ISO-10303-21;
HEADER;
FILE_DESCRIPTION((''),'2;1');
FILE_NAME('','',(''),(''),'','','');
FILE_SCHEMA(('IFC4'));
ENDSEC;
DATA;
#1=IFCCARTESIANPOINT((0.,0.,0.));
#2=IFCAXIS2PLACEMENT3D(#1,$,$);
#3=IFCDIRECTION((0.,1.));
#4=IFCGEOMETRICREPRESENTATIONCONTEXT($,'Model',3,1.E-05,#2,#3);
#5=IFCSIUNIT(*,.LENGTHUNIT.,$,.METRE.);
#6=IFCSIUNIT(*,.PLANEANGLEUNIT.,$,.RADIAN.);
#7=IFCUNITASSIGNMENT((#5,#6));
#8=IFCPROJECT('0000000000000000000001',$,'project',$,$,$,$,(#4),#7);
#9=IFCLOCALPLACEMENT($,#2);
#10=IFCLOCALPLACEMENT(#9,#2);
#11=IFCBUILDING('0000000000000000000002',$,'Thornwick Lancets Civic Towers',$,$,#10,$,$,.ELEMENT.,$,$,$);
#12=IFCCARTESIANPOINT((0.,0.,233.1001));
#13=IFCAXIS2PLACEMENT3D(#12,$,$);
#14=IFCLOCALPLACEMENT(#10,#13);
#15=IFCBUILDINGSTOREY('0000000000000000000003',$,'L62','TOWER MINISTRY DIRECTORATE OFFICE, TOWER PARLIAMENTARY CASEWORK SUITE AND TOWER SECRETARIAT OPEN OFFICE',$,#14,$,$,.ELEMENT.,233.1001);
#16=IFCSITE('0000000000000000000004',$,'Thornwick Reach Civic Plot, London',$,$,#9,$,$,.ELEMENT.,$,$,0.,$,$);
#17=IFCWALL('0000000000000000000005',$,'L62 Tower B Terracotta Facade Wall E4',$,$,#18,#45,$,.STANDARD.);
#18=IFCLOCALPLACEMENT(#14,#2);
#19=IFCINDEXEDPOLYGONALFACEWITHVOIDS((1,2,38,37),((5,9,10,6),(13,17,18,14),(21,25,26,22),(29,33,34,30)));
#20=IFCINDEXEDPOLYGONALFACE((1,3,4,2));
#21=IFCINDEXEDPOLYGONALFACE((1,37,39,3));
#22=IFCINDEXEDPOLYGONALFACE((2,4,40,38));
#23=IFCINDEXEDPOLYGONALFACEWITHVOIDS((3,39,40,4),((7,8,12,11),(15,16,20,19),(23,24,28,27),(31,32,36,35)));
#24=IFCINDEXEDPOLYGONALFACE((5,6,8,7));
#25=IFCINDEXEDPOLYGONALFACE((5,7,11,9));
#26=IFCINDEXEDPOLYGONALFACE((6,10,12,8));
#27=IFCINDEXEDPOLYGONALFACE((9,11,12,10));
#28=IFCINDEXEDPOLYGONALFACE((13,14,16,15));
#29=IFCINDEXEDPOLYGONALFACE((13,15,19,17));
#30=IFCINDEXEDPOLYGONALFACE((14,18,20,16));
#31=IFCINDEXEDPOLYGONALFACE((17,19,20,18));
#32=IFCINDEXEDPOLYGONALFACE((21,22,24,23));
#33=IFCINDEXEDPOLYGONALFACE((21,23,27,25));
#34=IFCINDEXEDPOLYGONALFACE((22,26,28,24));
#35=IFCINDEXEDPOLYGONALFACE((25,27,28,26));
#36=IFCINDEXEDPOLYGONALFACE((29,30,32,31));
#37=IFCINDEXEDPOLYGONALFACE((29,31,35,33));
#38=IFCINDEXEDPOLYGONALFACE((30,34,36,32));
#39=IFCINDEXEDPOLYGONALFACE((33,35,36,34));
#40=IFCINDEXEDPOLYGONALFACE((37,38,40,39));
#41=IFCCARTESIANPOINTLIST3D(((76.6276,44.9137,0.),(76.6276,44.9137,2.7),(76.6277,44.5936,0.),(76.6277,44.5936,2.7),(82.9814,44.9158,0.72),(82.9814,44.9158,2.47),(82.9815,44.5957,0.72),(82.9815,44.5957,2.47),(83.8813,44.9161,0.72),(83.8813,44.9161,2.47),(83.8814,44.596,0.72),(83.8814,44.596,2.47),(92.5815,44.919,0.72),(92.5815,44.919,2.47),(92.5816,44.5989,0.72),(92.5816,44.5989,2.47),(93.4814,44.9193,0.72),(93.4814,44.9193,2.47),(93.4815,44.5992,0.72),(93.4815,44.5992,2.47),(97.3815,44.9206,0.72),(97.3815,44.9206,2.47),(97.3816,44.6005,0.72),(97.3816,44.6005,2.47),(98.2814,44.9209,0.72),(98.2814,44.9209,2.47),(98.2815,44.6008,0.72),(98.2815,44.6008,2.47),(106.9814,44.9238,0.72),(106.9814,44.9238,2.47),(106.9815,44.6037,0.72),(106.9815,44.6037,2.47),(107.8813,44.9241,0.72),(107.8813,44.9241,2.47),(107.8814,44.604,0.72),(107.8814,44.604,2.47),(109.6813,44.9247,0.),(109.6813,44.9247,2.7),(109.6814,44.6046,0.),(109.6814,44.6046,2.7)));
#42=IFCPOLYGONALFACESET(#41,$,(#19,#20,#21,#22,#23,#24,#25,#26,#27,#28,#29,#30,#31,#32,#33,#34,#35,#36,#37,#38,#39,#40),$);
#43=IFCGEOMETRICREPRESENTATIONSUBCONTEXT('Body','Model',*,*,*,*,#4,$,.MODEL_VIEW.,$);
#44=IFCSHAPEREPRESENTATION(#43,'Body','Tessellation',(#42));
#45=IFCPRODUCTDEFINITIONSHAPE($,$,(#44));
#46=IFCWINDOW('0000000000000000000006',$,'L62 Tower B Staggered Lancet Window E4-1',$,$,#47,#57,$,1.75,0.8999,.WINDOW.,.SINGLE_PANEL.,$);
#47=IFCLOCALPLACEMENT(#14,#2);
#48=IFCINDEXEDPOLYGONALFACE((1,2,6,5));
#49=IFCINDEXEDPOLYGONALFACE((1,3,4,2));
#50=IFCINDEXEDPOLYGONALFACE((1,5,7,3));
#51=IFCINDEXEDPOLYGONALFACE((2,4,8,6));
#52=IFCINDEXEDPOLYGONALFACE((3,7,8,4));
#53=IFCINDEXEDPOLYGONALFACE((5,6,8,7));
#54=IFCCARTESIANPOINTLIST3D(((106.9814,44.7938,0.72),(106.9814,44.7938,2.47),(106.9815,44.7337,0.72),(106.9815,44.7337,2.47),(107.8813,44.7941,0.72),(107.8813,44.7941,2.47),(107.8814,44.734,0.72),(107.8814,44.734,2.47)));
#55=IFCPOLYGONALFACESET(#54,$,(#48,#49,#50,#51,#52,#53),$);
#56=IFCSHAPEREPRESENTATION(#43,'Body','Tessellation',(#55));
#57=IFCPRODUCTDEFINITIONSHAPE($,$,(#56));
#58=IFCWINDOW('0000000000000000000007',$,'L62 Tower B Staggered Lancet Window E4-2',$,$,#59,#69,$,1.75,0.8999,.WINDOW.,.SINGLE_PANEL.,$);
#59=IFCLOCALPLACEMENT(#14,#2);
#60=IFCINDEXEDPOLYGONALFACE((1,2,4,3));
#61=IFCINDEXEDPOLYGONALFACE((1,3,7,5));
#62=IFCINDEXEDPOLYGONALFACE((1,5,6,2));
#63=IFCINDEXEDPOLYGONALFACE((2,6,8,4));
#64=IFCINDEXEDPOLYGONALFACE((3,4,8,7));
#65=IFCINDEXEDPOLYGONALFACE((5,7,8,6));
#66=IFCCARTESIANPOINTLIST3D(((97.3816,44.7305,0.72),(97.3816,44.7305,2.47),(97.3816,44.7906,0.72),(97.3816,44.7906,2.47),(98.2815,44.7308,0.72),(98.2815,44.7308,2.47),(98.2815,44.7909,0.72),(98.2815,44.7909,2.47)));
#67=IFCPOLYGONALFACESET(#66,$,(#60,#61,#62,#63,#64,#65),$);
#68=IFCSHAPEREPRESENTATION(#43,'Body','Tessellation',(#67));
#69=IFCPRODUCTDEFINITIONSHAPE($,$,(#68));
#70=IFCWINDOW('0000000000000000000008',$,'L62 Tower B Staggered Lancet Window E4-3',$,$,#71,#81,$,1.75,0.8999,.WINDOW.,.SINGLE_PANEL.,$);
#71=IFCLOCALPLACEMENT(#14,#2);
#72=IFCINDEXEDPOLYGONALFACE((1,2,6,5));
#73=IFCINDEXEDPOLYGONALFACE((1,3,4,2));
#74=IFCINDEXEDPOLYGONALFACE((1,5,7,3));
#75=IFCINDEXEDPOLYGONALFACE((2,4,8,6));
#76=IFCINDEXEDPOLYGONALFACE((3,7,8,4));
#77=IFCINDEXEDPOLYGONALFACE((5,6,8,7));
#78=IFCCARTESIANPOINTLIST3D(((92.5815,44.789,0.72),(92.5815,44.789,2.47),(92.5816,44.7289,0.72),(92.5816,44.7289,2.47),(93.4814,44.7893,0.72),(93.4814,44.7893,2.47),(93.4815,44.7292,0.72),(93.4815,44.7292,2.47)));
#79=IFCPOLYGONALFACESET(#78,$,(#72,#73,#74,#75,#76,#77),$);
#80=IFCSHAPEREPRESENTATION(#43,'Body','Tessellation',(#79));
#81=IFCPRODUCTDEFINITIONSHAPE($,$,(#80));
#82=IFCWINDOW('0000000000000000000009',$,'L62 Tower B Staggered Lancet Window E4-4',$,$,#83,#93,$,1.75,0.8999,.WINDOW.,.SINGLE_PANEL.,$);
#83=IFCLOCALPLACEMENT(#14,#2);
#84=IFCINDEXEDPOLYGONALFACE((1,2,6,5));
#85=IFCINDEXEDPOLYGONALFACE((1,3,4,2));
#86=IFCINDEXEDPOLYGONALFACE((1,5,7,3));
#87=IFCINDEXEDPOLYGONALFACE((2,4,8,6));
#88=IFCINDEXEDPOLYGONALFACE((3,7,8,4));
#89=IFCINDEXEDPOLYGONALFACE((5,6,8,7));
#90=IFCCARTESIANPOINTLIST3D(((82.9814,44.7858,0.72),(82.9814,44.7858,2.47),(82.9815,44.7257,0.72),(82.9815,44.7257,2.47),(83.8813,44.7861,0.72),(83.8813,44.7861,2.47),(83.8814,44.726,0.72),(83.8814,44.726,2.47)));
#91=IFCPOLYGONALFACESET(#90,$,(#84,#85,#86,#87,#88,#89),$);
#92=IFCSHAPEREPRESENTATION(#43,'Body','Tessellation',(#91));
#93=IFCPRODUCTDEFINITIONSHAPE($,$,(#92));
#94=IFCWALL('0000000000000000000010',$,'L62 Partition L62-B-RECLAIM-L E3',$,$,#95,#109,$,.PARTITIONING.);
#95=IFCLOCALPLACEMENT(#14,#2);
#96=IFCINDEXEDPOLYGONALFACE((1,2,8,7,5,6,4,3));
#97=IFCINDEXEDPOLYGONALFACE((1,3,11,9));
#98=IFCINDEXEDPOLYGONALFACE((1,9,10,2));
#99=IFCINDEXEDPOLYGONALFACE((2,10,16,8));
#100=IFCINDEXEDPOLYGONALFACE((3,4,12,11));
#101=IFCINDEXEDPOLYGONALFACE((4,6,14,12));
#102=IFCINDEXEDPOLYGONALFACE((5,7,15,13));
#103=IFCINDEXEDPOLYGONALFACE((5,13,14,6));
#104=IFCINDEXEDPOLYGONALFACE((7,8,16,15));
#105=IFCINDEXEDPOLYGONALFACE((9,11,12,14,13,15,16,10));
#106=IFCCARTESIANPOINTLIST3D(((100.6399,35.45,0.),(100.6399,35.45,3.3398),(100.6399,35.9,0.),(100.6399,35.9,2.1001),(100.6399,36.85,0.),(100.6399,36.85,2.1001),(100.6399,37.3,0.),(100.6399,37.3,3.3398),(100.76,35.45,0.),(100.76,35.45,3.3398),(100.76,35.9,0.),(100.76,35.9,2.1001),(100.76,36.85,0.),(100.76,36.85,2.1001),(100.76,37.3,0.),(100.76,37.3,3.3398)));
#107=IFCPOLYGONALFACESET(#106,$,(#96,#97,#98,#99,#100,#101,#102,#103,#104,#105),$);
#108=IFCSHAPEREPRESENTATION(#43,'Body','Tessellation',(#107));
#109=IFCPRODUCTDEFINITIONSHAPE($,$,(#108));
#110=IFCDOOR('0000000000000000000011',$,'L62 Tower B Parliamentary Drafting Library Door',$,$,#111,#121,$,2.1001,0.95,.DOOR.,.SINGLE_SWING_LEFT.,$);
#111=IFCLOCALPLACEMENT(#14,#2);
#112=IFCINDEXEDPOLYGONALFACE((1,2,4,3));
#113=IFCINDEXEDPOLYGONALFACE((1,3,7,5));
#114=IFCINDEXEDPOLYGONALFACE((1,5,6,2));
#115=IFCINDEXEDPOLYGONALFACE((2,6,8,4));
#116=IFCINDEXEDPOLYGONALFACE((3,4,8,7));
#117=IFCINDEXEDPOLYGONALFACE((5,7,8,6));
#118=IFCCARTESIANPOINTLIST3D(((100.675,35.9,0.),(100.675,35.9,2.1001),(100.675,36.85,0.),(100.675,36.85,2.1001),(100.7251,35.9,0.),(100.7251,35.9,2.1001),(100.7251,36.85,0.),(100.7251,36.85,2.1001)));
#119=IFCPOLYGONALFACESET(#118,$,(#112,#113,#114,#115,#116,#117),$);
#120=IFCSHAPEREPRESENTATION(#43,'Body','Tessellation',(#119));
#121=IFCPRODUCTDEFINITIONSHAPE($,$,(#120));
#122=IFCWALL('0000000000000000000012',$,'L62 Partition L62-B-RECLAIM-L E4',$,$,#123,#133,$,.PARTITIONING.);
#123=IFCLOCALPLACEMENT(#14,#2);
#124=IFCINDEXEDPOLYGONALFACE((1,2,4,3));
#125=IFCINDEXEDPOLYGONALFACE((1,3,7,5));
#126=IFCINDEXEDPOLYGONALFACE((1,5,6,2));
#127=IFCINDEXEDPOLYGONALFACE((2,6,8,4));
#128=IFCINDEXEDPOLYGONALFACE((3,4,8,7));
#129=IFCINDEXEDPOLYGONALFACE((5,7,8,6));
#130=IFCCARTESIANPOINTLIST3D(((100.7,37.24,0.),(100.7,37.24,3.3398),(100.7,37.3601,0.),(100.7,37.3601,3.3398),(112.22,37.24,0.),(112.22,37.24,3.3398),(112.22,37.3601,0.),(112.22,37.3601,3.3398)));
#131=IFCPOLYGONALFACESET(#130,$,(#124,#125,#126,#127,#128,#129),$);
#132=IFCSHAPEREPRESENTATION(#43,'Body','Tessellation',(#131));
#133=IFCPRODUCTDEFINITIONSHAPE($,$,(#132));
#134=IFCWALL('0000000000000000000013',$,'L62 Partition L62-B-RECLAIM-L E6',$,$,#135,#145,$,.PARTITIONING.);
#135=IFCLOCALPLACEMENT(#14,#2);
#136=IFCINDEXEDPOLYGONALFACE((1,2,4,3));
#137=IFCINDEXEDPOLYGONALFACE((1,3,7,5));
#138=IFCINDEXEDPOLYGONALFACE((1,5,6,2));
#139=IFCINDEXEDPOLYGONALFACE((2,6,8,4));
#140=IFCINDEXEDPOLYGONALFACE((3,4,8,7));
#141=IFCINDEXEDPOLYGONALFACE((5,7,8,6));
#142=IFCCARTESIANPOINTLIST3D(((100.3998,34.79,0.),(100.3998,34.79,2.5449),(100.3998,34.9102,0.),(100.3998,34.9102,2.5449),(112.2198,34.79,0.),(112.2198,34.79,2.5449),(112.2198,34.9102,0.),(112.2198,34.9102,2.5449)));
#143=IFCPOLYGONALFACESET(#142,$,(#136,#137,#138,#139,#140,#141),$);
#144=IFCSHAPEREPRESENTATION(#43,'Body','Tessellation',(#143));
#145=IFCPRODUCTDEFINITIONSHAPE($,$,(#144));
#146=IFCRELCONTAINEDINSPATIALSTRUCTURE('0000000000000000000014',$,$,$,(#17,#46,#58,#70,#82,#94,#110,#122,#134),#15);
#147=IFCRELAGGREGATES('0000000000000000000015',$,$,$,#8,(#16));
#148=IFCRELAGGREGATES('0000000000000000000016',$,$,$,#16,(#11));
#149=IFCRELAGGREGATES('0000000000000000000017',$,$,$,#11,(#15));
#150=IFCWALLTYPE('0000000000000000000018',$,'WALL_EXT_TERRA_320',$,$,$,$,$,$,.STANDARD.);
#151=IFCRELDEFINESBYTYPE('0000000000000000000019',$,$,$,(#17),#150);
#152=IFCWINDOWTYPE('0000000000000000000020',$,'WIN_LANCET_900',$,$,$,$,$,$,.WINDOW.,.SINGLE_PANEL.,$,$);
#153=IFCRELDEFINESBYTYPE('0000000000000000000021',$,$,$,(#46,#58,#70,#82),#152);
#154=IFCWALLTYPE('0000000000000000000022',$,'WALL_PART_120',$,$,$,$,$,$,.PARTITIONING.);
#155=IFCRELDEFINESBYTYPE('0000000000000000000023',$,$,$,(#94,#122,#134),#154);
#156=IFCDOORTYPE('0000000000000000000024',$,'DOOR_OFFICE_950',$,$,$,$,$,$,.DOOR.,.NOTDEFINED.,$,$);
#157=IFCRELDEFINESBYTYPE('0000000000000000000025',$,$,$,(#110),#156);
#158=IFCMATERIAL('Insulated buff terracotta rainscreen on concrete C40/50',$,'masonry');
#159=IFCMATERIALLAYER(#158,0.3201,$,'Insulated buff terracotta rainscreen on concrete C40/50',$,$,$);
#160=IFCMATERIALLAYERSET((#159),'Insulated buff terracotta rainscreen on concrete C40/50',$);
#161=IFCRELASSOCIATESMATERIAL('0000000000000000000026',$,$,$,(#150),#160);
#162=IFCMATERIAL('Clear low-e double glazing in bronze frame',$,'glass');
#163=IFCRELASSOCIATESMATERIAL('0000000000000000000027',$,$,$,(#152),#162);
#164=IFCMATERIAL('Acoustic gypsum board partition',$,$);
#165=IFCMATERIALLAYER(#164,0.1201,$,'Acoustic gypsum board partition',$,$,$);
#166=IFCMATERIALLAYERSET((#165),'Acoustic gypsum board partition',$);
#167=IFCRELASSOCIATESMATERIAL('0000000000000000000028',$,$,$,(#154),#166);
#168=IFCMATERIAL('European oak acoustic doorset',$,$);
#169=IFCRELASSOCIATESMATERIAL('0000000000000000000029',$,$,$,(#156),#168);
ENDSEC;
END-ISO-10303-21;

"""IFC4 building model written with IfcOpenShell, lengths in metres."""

from ifc_helpers import new_model, si_unit, direction, frame, frame_2d, origin, place, context, subcontext, project, spatial, rectangle, extrude, material, layer, layer_set, type_object, element, fill, save


model = new_model("IFC4")

# Units and contexts
model_context = context("Model", 3, precision=1e-05, world=origin(), true_north=direction((0.0, 1.0)))
body_context = subcontext(model_context, "Body", "Model", "MODEL_VIEW")
ifc_project = project(units=[si_unit("LENGTHUNIT", "METRE"), si_unit("PLANEANGLEUNIT", "RADIAN")], contexts=[model_context])

# Site, building, storey
site_placement = place(None, origin())
site = spatial("IfcSite", under=ifc_project, at=site_placement, Name="Thornwick Reach Civic Plot, London", CompositionType="ELEMENT", RefElevation=0.0)
building_placement = place(site_placement, origin())
building = spatial("IfcBuilding", under=site, at=building_placement, Name="Thornwick Lancets Civic Towers", CompositionType="ELEMENT")
storey_placement = place(building_placement, frame((0.0, 0.0, 233.1001)))
storey = spatial("IfcBuildingStorey", under=building, at=storey_placement, Name="L62", Description="TOWER MINISTRY DIRECTORATE OFFICE, TOWER PARLIAMENTARY CASEWORK SUITE AND TOWER SECRETARIAT OPEN OFFICE", CompositionType="ELEMENT", Elevation=233.1001)

# Wall, openings, windows
ifc_material_1 = material(Name="Insulated buff terracotta rainscreen on concrete C40/50", Category="masonry")
ifc_layer_1 = layer(ifc_material_1, 0.3201, Name="Insulated buff terracotta rainscreen on concrete C40/50")
ifc_layer_set_1 = layer_set([ifc_layer_1], Name="Insulated buff terracotta rainscreen on concrete C40/50")
wall_type_1 = type_object("IfcWallType", Name="WALL_EXT_TERRA_320", PredefinedType="STANDARD", material=ifc_layer_set_1)
wall_1_placement = place(storey_placement, frame((109.6814, 44.7646, 0.0), z_axis=(0.0, 0.0, 1.0), x_axis=(-1.0, -0.000332, 0.0)))
wall_1 = element("IfcWall", 1, at=wall_1_placement, inside=storey, type_object=wall_type_1, Name="L62 Tower B Terracotta Facade Wall E4", PredefinedType="STANDARD", context=body_context, shape_type="SweptSolid", body=[
    extrude(rectangle(XDim=33.0537, YDim=0.3201, at=frame_2d((16.5269, 0.0))), origin(), (0.0, 0.0, 1.0), 2.7),
])
opening_1_placement = place(wall_1_placement, frame((1.8, 0.0, 0.72)))
opening_1 = element("IfcOpeningElement", 2, at=opening_1_placement, cuts=wall_1, PredefinedType="OPENING", context=body_context, shape_type="SweptSolid", body=[
    extrude(rectangle(XDim=0.8999, YDim=1.75, at=frame_2d((0.45, 0.875))), frame((0.0, 0.1699, 0.0), z_axis=(0.0, -1.0, 0.0), x_axis=(1.0, 0.0, 0.0)), (0.0, 0.0, 1.0), 0.3401),
])
opening_2_placement = place(wall_1_placement, frame((11.3999, 0.0, 0.72)))
opening_2 = element("IfcOpeningElement", 3, at=opening_2_placement, cuts=wall_1, PredefinedType="OPENING", context=body_context, shape_type="SweptSolid", body=[
    extrude(rectangle(XDim=0.8999, YDim=1.75, at=frame_2d((0.45, 0.875))), frame((0.0, 0.1699, 0.0), z_axis=(0.0, -1.0, 0.0), x_axis=(1.0, 0.0, 0.0)), (0.0, 0.0, 1.0), 0.3401),
])
opening_3_placement = place(wall_1_placement, frame((16.2, 0.0, 0.72)))
opening_3 = element("IfcOpeningElement", 4, at=opening_3_placement, cuts=wall_1, PredefinedType="OPENING", context=body_context, shape_type="SweptSolid", body=[
    extrude(rectangle(XDim=0.8999, YDim=1.75, at=frame_2d((0.45, 0.875))), frame((0.0, 0.1699, 0.0), z_axis=(0.0, -1.0, 0.0), x_axis=(1.0, 0.0, 0.0)), (0.0, 0.0, 1.0), 0.3401),
])
opening_4_placement = place(wall_1_placement, frame((25.8, 0.0, 0.72)))
opening_4 = element("IfcOpeningElement", 5, at=opening_4_placement, cuts=wall_1, PredefinedType="OPENING", context=body_context, shape_type="SweptSolid", body=[
    extrude(rectangle(XDim=0.8999, YDim=1.75, at=frame_2d((0.45, 0.875))), frame((0.0, 0.1699, 0.0), z_axis=(0.0, -1.0, 0.0), x_axis=(1.0, 0.0, 0.0)), (0.0, 0.0, 1.0), 0.3401),
])
ifc_material_2 = material(Name="Clear low-e double glazing in bronze frame", Category="glass")
window_type = type_object("IfcWindowType", Name="WIN_LANCET_900", PartitioningType="SINGLE_PANEL", PredefinedType="WINDOW", material=ifc_material_2)
window_1_placement = place(opening_1_placement, origin())
window_1 = element("IfcWindow", 6, at=window_1_placement, inside=storey, type_object=window_type, Name="L62 Tower B Staggered Lancet Window E4-1", OverallHeight=1.75, OverallWidth=0.8999, PartitioningType="SINGLE_PANEL", PredefinedType="WINDOW", context=body_context, shape_type="SweptSolid", body=[
    extrude(rectangle(XDim=0.8999, YDim=1.75, at=frame_2d((0.45, 0.875))), frame((0.0, 0.03, 0.0), z_axis=(0.0, -1.0, 0.0), x_axis=(1.0, 0.0, 0.0)), (0.0, 0.0, 1.0), 0.0601),
])
fill(opening_1, window_1)
window_2_placement = place(opening_2_placement, origin())
window_2 = element("IfcWindow", 7, at=window_2_placement, inside=storey, type_object=window_type, Name="L62 Tower B Staggered Lancet Window E4-2", OverallHeight=1.75, OverallWidth=0.8999, PartitioningType="SINGLE_PANEL", PredefinedType="WINDOW", context=body_context, shape_type="SweptSolid", body=[
    extrude(rectangle(XDim=0.8999, YDim=1.75, at=frame_2d((0.45, 0.875))), frame((0.0, 0.03, 0.0), z_axis=(0.0, -1.0, 0.0), x_axis=(1.0, 0.0, 0.0)), (0.0, 0.0, 1.0), 0.0601),
])
fill(opening_2, window_2)
window_3_placement = place(opening_3_placement, origin())
window_3 = element("IfcWindow", 8, at=window_3_placement, inside=storey, type_object=window_type, Name="L62 Tower B Staggered Lancet Window E4-3", OverallHeight=1.75, OverallWidth=0.8999, PartitioningType="SINGLE_PANEL", PredefinedType="WINDOW", context=body_context, shape_type="SweptSolid", body=[
    extrude(rectangle(XDim=0.8999, YDim=1.75, at=frame_2d((0.45, 0.875))), frame((0.0, 0.03, 0.0), z_axis=(0.0, -1.0, 0.0), x_axis=(1.0, 0.0, 0.0)), (0.0, 0.0, 1.0), 0.0601),
])
fill(opening_3, window_3)
window_4_placement = place(opening_4_placement, origin())
window_4 = element("IfcWindow", 9, at=window_4_placement, inside=storey, type_object=window_type, Name="L62 Tower B Staggered Lancet Window E4-4", OverallHeight=1.75, OverallWidth=0.8999, PartitioningType="SINGLE_PANEL", PredefinedType="WINDOW", context=body_context, shape_type="SweptSolid", body=[
    extrude(rectangle(XDim=0.8999, YDim=1.75, at=frame_2d((0.45, 0.875))), frame((0.0, 0.03, 0.0), z_axis=(0.0, -1.0, 0.0), x_axis=(1.0, 0.0, 0.0)), (0.0, 0.0, 1.0), 0.0601),
])
fill(opening_4, window_4)

# Wall, opening, door
ifc_material_3 = material(Name="Acoustic gypsum board partition")
ifc_layer_2 = layer(ifc_material_3, 0.1201, Name="Acoustic gypsum board partition")
ifc_layer_set_2 = layer_set([ifc_layer_2], Name="Acoustic gypsum board partition")
wall_type_2 = type_object("IfcWallType", Name="WALL_PART_120", PredefinedType="PARTITIONING", material=ifc_layer_set_2)
wall_2_placement = place(storey_placement, frame((100.7, 35.45, 0.0), z_axis=(0.0, 0.0, 1.0), x_axis=(0.0, 1.0, 0.0)))
wall_2 = element("IfcWall", 10, at=wall_2_placement, inside=storey, type_object=wall_type_2, Name="L62 Partition L62-B-RECLAIM-L E3", PredefinedType="PARTITIONING", context=body_context, shape_type="SweptSolid", body=[
    extrude(rectangle(XDim=1.8501, YDim=0.1201, at=frame_2d((0.925, 0.0))), origin(), (0.0, 0.0, 1.0), 3.3398),
])
opening_5_placement = place(wall_2_placement, frame((0.45, 0.0, 0.0)))
opening_5 = element("IfcOpeningElement", 11, at=opening_5_placement, cuts=wall_2, PredefinedType="OPENING", context=body_context, shape_type="SweptSolid", body=[
    extrude(rectangle(XDim=0.95, YDim=2.1001, at=frame_2d((0.4751, 1.05))), frame((0.0, 0.0701, 0.0), z_axis=(0.0, -1.0, 0.0), x_axis=(1.0, 0.0, 0.0)), (0.0, 0.0, 1.0), 0.1401),
])
ifc_material_4 = material(Name="European oak acoustic doorset")
door_type_1 = type_object("IfcDoorType", Name="DOOR_OFFICE_950", OperationType="NOTDEFINED", PredefinedType="DOOR", material=ifc_material_4)
door_1_placement = place(opening_5_placement, origin())
door_1 = element("IfcDoor", 12, at=door_1_placement, inside=storey, type_object=door_type_1, Name="L62 Tower B Parliamentary Drafting Library Door", OperationType="SINGLE_SWING_LEFT", OverallHeight=2.1001, OverallWidth=0.95, PredefinedType="DOOR", context=body_context, shape_type="SweptSolid", body=[
    extrude(rectangle(XDim=0.95, YDim=2.1001, at=frame_2d((0.4751, 1.05))), frame((0.0, 0.0249, 0.0), z_axis=(0.0, -1.0, 0.0), x_axis=(1.0, 0.0, 0.0)), (0.0, 0.0, 1.0), 0.05),
])
fill(opening_5, door_1)

# Walls
wall_3_placement = place(storey_placement, frame((100.7, 37.3, 0.0), z_axis=(0.0, 0.0, 1.0), x_axis=(1.0, 0.0, 0.0)))
element("IfcWall", 13, at=wall_3_placement, inside=storey, type_object=wall_type_2, Name="L62 Partition L62-B-RECLAIM-L E4", PredefinedType="PARTITIONING", context=body_context, shape_type="SweptSolid", body=[
    extrude(rectangle(XDim=11.52, YDim=0.1201, at=frame_2d((5.76, 0.0))), origin(), (0.0, 0.0, 1.0), 3.3398),
])
wall_4_placement = place(storey_placement, frame((112.22, 34.8501, 0.0), z_axis=(0.0, 0.0, 1.0), x_axis=(-1.0, 0.0, 0.0)))
element("IfcWall", 14, at=wall_4_placement, inside=storey, type_object=wall_type_2, Name="L62 Partition L62-B-RECLAIM-L E6", PredefinedType="PARTITIONING", context=body_context, shape_type="SweptSolid", body=[
    extrude(rectangle(XDim=11.8201, YDim=0.1201, at=frame_2d((5.9102, 0.0))), origin(), (0.0, 0.0, 1.0), 2.5449),
])

save(model, "model.ifc")
